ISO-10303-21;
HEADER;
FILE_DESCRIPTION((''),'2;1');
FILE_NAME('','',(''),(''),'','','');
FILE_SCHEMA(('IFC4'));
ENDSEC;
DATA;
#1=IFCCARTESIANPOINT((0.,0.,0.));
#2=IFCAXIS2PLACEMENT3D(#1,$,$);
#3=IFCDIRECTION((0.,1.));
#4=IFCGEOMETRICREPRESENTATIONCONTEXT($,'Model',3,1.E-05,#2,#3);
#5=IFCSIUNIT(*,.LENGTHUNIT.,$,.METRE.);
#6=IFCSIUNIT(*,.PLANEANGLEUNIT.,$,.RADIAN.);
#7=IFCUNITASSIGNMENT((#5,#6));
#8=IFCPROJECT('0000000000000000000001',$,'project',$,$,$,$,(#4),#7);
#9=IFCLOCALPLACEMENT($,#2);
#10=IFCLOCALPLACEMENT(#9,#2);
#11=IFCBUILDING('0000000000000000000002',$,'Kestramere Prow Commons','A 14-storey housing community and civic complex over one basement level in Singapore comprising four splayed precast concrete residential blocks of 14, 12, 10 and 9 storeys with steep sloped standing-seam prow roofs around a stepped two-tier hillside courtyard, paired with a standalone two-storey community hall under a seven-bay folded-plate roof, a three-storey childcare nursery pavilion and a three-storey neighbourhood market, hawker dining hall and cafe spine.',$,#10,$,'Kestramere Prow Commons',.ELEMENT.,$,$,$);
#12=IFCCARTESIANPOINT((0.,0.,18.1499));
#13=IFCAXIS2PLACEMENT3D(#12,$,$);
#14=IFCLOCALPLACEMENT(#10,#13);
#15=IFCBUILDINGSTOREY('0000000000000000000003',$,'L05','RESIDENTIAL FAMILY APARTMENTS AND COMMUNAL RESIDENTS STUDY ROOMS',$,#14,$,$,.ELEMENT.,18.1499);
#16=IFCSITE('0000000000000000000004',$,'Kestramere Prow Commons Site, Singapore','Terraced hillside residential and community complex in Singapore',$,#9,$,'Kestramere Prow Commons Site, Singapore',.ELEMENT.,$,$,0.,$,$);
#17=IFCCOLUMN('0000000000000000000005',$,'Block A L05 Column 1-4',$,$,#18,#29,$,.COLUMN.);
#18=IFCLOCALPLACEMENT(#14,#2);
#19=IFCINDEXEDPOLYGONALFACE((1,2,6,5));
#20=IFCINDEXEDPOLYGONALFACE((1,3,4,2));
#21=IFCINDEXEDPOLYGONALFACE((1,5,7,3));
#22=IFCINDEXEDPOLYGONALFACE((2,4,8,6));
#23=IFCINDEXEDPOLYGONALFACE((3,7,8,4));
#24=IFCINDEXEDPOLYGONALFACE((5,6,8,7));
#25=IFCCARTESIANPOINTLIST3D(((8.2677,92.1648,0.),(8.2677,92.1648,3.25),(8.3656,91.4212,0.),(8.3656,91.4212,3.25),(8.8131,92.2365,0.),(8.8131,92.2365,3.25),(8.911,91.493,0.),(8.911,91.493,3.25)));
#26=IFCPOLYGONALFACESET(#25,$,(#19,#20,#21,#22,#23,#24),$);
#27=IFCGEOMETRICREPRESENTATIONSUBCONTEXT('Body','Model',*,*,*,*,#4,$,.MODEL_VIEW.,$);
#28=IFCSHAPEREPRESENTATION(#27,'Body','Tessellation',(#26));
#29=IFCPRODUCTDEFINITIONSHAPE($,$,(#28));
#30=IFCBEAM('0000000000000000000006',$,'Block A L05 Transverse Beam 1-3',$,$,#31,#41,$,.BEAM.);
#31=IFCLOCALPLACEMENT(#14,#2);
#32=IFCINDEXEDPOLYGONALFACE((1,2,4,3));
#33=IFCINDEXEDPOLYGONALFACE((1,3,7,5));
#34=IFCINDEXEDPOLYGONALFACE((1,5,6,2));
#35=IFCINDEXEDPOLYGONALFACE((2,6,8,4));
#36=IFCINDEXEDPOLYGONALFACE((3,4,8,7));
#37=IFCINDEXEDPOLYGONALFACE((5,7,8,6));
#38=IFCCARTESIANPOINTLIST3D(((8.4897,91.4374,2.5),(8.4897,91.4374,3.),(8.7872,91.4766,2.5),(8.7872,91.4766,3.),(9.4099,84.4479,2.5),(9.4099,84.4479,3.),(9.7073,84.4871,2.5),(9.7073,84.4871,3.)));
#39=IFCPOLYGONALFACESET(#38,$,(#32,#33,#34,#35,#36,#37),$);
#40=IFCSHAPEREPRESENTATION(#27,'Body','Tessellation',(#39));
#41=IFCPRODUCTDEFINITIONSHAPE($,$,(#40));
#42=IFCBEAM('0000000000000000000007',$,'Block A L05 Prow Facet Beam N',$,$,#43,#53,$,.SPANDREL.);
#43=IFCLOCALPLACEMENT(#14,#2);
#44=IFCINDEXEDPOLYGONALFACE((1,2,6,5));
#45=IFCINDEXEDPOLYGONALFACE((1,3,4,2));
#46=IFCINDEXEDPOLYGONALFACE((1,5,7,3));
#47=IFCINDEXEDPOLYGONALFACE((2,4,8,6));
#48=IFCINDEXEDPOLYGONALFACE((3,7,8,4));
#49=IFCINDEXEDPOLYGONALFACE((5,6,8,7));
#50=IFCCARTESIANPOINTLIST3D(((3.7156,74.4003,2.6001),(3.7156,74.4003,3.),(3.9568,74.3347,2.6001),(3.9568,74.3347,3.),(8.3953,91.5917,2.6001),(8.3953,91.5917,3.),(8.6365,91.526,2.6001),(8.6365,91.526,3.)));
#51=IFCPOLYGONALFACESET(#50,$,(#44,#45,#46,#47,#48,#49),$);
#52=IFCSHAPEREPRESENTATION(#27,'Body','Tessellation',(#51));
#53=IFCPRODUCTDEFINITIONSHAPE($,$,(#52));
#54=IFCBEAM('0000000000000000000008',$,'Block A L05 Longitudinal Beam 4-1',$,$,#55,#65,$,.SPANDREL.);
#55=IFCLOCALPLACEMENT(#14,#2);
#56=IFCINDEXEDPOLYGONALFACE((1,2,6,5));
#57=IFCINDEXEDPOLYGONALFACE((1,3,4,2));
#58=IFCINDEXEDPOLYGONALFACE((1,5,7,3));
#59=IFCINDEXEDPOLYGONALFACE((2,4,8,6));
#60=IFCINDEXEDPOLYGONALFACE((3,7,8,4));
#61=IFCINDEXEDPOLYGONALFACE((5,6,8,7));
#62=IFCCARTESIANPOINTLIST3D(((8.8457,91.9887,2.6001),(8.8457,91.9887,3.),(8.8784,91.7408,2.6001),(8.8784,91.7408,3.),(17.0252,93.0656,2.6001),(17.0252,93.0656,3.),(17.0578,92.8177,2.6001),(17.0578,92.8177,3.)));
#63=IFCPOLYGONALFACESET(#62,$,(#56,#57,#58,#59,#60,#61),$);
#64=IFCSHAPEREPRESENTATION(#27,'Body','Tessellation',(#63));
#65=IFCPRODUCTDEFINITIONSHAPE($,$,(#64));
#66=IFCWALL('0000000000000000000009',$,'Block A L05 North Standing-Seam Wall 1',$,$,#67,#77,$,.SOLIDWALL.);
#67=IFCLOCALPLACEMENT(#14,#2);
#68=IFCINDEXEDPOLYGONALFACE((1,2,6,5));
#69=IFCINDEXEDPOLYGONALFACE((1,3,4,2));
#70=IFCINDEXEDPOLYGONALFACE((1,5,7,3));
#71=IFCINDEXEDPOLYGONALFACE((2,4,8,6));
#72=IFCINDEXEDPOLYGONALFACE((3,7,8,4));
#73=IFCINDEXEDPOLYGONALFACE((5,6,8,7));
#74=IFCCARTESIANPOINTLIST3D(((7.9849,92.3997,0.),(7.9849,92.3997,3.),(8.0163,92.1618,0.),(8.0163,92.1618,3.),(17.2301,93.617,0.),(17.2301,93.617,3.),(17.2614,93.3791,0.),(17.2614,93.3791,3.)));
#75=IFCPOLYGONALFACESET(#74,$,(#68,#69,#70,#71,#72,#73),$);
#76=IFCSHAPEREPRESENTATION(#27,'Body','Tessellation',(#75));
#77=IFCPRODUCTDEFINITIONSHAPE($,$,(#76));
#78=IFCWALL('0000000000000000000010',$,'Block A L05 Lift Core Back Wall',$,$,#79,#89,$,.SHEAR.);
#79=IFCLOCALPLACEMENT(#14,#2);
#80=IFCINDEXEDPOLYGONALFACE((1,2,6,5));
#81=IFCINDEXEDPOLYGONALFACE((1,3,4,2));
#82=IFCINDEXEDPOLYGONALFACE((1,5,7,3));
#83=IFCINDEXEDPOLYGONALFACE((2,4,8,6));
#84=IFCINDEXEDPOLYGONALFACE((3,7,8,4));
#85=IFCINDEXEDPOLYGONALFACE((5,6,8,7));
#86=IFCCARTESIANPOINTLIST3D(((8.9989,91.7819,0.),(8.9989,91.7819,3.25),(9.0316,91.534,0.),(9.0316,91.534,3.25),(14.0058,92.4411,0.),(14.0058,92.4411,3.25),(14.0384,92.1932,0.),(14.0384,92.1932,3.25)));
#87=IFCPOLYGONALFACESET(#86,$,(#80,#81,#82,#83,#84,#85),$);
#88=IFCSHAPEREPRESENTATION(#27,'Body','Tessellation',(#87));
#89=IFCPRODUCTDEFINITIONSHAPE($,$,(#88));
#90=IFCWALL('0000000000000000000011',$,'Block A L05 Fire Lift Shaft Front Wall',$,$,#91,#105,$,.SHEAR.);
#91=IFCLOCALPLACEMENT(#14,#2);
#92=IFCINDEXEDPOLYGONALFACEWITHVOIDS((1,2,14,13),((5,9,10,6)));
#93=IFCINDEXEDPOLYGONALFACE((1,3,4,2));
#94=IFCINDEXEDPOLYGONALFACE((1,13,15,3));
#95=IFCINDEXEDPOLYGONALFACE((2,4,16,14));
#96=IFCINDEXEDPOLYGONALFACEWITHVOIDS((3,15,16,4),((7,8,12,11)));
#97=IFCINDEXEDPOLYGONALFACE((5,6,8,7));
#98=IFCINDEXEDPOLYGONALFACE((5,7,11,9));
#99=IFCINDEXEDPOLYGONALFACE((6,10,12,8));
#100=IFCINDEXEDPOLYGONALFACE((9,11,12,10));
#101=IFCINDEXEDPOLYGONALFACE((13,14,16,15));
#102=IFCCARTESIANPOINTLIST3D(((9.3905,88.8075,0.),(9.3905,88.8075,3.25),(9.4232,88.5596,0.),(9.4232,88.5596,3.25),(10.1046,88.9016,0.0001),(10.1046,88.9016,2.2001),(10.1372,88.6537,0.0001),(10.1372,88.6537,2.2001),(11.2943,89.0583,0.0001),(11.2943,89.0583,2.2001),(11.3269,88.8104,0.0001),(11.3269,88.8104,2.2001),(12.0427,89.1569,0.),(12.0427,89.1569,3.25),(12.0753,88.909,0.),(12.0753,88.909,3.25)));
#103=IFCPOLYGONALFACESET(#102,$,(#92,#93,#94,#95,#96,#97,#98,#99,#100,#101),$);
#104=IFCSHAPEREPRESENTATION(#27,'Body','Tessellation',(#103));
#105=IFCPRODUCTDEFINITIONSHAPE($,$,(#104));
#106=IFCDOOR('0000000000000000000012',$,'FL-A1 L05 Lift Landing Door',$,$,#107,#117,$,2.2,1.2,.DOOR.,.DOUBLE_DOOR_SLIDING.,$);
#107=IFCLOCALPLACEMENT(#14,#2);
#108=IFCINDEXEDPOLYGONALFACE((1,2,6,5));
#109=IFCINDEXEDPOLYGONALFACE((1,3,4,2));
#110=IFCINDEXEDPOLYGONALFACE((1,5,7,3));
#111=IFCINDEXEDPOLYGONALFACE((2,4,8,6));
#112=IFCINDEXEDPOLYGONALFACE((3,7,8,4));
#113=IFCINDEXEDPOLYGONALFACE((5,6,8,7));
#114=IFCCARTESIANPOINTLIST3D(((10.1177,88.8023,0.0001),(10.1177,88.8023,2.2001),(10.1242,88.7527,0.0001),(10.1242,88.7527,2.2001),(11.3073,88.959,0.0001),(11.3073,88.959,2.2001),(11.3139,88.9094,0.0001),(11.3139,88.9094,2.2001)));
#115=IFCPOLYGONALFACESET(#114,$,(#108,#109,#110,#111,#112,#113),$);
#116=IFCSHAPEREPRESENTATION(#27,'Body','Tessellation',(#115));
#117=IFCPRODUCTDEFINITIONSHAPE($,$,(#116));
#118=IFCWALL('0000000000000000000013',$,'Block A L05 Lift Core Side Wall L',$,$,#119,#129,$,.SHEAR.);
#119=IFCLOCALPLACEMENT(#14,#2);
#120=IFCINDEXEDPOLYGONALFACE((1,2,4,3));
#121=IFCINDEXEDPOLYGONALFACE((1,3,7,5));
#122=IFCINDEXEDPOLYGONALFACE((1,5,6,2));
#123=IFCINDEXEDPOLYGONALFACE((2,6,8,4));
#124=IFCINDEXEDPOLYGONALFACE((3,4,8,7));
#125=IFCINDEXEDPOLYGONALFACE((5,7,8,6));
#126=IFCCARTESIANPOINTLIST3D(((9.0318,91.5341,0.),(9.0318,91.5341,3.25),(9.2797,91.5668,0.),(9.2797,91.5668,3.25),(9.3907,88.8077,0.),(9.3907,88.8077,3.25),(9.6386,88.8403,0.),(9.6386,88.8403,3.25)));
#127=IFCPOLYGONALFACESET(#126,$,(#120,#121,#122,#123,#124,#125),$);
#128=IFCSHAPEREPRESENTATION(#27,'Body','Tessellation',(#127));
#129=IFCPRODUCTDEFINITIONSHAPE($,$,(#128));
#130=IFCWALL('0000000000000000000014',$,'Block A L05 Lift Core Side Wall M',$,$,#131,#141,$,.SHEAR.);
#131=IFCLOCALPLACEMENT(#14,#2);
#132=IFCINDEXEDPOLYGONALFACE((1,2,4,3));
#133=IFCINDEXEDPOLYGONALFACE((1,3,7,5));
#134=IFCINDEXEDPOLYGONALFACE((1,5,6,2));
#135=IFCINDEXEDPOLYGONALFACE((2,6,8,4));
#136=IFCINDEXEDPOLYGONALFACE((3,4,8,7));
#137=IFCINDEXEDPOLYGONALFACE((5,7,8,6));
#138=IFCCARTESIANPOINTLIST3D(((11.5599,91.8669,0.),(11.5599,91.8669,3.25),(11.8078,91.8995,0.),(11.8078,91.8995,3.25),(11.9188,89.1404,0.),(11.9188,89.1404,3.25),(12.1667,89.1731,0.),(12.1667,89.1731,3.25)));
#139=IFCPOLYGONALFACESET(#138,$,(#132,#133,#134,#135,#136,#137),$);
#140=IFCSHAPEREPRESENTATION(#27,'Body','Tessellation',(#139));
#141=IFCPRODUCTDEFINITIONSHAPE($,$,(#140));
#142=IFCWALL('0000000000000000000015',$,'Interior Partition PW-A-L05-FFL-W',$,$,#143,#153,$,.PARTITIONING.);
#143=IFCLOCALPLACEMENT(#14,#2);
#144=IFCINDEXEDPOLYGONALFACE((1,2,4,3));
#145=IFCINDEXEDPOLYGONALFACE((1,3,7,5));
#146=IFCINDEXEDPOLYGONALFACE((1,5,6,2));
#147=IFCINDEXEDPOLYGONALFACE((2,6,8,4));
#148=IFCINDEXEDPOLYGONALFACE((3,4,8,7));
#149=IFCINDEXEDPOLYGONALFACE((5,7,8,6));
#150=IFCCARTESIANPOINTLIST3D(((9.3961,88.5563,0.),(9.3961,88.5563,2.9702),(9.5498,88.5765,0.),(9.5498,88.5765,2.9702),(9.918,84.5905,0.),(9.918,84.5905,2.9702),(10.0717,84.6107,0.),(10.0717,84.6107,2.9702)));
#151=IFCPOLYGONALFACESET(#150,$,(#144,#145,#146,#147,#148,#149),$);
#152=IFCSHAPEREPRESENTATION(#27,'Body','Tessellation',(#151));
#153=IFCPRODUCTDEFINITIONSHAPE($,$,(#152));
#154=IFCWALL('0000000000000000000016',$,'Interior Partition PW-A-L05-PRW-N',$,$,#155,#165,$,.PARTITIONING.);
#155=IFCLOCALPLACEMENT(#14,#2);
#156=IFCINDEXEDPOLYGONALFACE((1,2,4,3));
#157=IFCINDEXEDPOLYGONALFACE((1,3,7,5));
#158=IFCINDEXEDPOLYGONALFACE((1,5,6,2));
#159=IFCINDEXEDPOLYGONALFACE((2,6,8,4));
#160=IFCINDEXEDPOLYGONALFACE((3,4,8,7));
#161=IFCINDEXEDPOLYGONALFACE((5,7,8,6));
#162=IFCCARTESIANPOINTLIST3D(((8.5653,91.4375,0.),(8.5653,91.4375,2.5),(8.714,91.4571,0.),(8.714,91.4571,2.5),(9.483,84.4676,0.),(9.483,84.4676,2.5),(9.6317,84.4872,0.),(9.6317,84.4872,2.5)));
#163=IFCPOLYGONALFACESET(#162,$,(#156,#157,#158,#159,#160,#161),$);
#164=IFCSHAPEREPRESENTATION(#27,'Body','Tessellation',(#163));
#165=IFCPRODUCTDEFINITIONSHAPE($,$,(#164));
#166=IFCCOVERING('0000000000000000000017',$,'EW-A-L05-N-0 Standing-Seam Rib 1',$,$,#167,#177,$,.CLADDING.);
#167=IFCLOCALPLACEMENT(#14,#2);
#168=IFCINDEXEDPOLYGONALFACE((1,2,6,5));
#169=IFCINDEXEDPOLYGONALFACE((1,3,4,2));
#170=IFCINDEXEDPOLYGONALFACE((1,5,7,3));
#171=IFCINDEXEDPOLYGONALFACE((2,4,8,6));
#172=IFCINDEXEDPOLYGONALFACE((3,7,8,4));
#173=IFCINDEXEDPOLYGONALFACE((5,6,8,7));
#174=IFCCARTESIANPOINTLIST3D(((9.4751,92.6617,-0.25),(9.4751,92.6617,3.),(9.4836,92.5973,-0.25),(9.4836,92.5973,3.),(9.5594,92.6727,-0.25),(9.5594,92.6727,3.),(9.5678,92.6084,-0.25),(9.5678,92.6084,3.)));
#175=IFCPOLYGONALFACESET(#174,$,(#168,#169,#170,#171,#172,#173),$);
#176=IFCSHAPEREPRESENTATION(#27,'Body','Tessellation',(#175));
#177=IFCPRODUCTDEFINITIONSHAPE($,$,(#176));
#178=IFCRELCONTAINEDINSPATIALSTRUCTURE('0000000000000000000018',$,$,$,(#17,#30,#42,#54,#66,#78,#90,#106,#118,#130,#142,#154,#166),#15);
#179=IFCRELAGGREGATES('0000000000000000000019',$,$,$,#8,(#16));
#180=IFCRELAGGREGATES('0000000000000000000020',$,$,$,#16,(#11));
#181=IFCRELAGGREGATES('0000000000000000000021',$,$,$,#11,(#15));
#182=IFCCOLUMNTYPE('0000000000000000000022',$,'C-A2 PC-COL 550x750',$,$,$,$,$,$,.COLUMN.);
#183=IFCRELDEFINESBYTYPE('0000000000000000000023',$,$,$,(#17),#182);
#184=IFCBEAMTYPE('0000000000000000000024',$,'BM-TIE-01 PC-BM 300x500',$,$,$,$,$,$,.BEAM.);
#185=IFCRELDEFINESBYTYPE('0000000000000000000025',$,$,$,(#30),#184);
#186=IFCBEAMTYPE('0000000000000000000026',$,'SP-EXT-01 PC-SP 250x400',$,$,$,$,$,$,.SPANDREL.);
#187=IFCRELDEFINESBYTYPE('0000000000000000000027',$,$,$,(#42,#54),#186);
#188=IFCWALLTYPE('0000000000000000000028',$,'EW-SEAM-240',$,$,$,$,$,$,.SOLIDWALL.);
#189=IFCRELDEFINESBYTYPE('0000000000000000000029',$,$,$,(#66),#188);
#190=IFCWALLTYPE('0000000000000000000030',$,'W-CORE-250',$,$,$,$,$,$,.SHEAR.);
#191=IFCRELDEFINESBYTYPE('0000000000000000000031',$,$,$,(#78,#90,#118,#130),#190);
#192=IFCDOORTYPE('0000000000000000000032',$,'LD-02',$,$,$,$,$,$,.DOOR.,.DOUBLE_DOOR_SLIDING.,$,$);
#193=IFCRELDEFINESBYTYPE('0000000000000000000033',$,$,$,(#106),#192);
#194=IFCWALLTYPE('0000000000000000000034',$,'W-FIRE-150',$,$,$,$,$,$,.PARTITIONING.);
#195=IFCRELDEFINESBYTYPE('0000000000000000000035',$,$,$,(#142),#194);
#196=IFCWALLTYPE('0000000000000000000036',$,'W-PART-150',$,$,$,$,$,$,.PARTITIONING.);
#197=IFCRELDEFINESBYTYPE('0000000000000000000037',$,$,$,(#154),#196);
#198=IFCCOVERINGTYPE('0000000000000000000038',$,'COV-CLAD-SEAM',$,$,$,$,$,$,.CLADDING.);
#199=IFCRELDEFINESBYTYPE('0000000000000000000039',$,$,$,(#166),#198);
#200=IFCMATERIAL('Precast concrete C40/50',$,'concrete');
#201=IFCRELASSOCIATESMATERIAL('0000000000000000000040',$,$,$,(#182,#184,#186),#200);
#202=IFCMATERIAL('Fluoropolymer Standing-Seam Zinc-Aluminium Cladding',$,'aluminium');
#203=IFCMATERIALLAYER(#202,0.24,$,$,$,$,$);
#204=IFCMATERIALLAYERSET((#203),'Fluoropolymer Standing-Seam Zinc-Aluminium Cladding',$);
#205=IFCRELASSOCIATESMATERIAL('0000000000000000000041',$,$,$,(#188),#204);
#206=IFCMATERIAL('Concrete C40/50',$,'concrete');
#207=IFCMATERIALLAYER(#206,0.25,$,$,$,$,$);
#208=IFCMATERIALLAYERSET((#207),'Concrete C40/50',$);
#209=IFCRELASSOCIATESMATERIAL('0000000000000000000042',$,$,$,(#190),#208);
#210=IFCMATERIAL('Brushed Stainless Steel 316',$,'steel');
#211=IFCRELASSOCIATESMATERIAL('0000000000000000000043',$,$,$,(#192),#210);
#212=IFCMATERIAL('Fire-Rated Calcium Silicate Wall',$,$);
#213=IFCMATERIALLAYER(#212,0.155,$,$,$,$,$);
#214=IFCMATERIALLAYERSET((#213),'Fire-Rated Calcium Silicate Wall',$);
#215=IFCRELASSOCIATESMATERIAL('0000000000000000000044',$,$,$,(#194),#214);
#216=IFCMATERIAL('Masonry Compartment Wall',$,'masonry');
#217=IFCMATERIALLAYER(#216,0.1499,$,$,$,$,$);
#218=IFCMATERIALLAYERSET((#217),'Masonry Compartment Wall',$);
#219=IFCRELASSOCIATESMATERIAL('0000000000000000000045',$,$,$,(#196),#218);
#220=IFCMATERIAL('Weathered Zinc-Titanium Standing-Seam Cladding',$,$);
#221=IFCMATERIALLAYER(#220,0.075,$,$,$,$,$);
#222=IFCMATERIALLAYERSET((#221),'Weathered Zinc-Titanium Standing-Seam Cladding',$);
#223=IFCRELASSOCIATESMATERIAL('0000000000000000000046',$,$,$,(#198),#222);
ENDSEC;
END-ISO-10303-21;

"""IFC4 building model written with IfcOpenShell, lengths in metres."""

from ifc_helpers import new_model, si_unit, direction, frame, frame_2d, origin, origin_2d, place, context, subcontext, project, spatial, rectangle, extrude, material, layer, layer_set, material_profile, profile_set, type_object, element, fill, save


model = new_model("IFC4")

# Units and contexts
model_context = context("Model", 3, precision=1e-05, world=origin(), true_north=direction((0.0, 1.0)))
body_context = subcontext(model_context, "Body", "Model", "MODEL_VIEW")
ifc_project = project(units=[si_unit("LENGTHUNIT", "METRE"), si_unit("PLANEANGLEUNIT", "RADIAN")], contexts=[model_context])

# Site, building, storey
site_placement = place(None, origin())
site = spatial("IfcSite", under=ifc_project, at=site_placement, Name="Kestramere Prow Commons Site, Singapore", Description="Terraced hillside residential and community complex in Singapore", LongName="Kestramere Prow Commons Site, Singapore", CompositionType="ELEMENT", RefElevation=0.0)
building_placement = place(site_placement, origin())
building = spatial("IfcBuilding", under=site, at=building_placement, Name="Kestramere Prow Commons", Description="A 14-storey housing community and civic complex over one basement level in Singapore comprising four splayed precast concrete residential blocks of 14, 12, 10 and 9 storeys with steep sloped standing-seam prow roofs around a stepped two-tier hillside courtyard, paired with a standalone two-storey community hall under a seven-bay folded-plate roof, a three-storey childcare nursery pavilion and a three-storey neighbourhood market, hawker dining hall and cafe spine.", LongName="Kestramere Prow Commons", CompositionType="ELEMENT")
storey_placement = place(building_placement, frame((0.0, 0.0, 18.1499)))
storey = spatial("IfcBuildingStorey", under=building, at=storey_placement, Name="L05", Description="RESIDENTIAL FAMILY APARTMENTS AND COMMUNAL RESIDENTS STUDY ROOMS", CompositionType="ELEMENT", Elevation=18.1499)

# Column
ifc_material_1 = material(Name="Precast concrete C40/50", Category="concrete")
ifc_material_profile_1 = material_profile(ifc_material_1, rectangle(XDim=0.55, YDim=0.75, at=origin_2d()), Name="PC-COL 550x750")
ifc_profile_set_1 = profile_set([ifc_material_profile_1], Name="Precast concrete C40/50")
column_type = type_object("IfcColumnType", Name="C-A2 PC-COL 550x750", PredefinedType="COLUMN", material=ifc_profile_set_1)
column_placement = place(storey_placement, frame((8.5894, 91.8289, 0.0), z_axis=(0.0, 0.0, 1.0), x_axis=(0.991445, 0.130526, 0.0)))
element("IfcColumn", 1, at=column_placement, inside=storey, type_object=column_type, Name="Block A L05 Column 1-4", PredefinedType="COLUMN", context=body_context, shape_type="SweptSolid", body=[
    extrude(rectangle(XDim=0.55, YDim=0.75, at=origin_2d()), origin(), (0.0, 0.0, 1.0), 3.25),
])

# Beams
ifc_material_profile_2 = material_profile(ifc_material_1, rectangle(XDim=0.3, YDim=0.5, at=origin_2d()), Name="PC-BM 300x500")
ifc_profile_set_2 = profile_set([ifc_material_profile_2], Name="Precast concrete C40/50")
beam_type_1 = type_object("IfcBeamType", Name="BM-TIE-01 PC-BM 300x500", PredefinedType="BEAM", material=ifc_profile_set_2)
beam_1_placement = place(storey_placement, frame((9.5586, 84.4675, 2.75), z_axis=(-0.130523, 0.991445, 0.0), x_axis=(-0.991445, -0.130523, 0.0)))
element("IfcBeam", 2, at=beam_1_placement, inside=storey, type_object=beam_type_1, Name="Block A L05 Transverse Beam 1-3", PredefinedType="BEAM", context=body_context, shape_type="SweptSolid", body=[
    extrude(rectangle(XDim=0.3, YDim=0.5, at=origin_2d()), origin(), (0.0, 0.0, 1.0), 7.0498),
])
ifc_material_profile_3 = material_profile(ifc_material_1, rectangle(XDim=0.25, YDim=0.3999, at=origin_2d()), Name="PC-SP 250x400")
ifc_profile_set_3 = profile_set([ifc_material_profile_3], Name="Precast concrete C40/50")
beam_type_2 = type_object("IfcBeamType", Name="SP-EXT-01 PC-SP 250x400", PredefinedType="SPANDREL", material=ifc_profile_set_3)
beam_2_placement = place(storey_placement, frame((8.5159, 91.5588, 2.8), z_axis=(-0.262654, -0.96489, 0.0), x_axis=(0.96489, -0.262654, 0.0)))
element("IfcBeam", 3, at=beam_2_placement, inside=storey, type_object=beam_type_2, Name="Block A L05 Prow Facet Beam N", PredefinedType="SPANDREL", context=body_context, shape_type="SweptSolid", body=[
    extrude(rectangle(XDim=0.25, YDim=0.3999, at=origin_2d()), origin(), (0.0, 0.0, 1.0), 17.8169),
])
beam_3_placement = place(storey_placement, frame((8.8621, 91.8647, 2.8), z_axis=(0.991444, 0.130533, 0.0), x_axis=(-0.130533, 0.991444, 0.0)))
element("IfcBeam", 4, at=beam_3_placement, inside=storey, type_object=beam_type_2, Name="Block A L05 Longitudinal Beam 4-1", PredefinedType="SPANDREL", context=body_context, shape_type="SweptSolid", body=[
    extrude(rectangle(XDim=0.25, YDim=0.3999, at=origin_2d()), origin(), (0.0, 0.0, 1.0), 8.25),
])

# Walls
ifc_material_2 = material(Name="Fluoropolymer Standing-Seam Zinc-Aluminium Cladding", Category="aluminium")
ifc_layer_1 = layer(ifc_material_2, 0.24)
ifc_layer_set_1 = layer_set([ifc_layer_1], Name="Fluoropolymer Standing-Seam Zinc-Aluminium Cladding")
wall_type_1 = type_object("IfcWallType", Name="EW-SEAM-240", PredefinedType="SOLIDWALL", material=ifc_layer_set_1)
wall_1_placement = place(storey_placement, frame((8.0005, 92.2808, 0.0), z_axis=(0.0, 0.0, 1.0), x_axis=(0.991443, 0.130541, 0.0)))
element("IfcWall", 5, at=wall_1_placement, inside=storey, type_object=wall_type_1, Name="Block A L05 North Standing-Seam Wall 1", PredefinedType="SOLIDWALL", context=body_context, shape_type="SweptSolid", body=[
    extrude(rectangle(XDim=9.325, YDim=0.24, at=frame_2d((4.6626, 0.0))), origin(), (0.0, 0.0, 1.0), 3.0),
])
ifc_material_3 = material(Name="Concrete C40/50", Category="concrete")
ifc_layer_2 = layer(ifc_material_3, 0.25)
ifc_layer_set_2 = layer_set([ifc_layer_2], Name="Concrete C40/50")
wall_type_2 = type_object("IfcWallType", Name="W-CORE-250", PredefinedType="SHEAR", material=ifc_layer_set_2)
wall_2_placement = place(storey_placement, frame((9.0154, 91.658, 0.0), z_axis=(0.0, 0.0, 1.0), x_axis=(0.991444, 0.13053, 0.0)))
element("IfcWall", 6, at=wall_2_placement, inside=storey, type_object=wall_type_2, Name="Block A L05 Lift Core Back Wall", PredefinedType="SHEAR", context=body_context, shape_type="SweptSolid", body=[
    extrude(rectangle(XDim=5.05, YDim=0.25, at=frame_2d((2.5249, 0.0))), origin(), (0.0, 0.0, 1.0), 3.25),
])

# Wall, opening, door
wall_3_placement = place(storey_placement, frame((9.407, 88.6836, 0.0), z_axis=(0.0, 0.0, 1.0), x_axis=(0.991435, 0.130603, 0.0)))
wall_3 = element("IfcWall", 7, at=wall_3_placement, inside=storey, type_object=wall_type_2, Name="Block A L05 Fire Lift Shaft Front Wall", PredefinedType="SHEAR", context=body_context, shape_type="SweptSolid", body=[
    extrude(rectangle(XDim=2.675, YDim=0.25, at=frame_2d((1.3374, 0.0))), origin(), (0.0, 0.0, 1.0), 3.25),
])
opening_1_placement = place(wall_3_placement, frame((0.72, 0.0, 0.0)))
opening_1 = element("IfcOpeningElement", 8, at=opening_1_placement, cuts=wall_3, PredefinedType="OPENING", context=body_context, shape_type="SweptSolid", body=[
    extrude(rectangle(XDim=1.2, YDim=2.2, at=frame_2d((0.6001, 1.1001))), frame((0.0, 0.1399, 0.0), z_axis=(0.0, -1.0, 0.0), x_axis=(1.0, 0.0, 0.0)), (0.0, 0.0, 1.0), 0.28),
])
ifc_material_4 = material(Name="Brushed Stainless Steel 316", Category="steel")
door_type_1 = type_object("IfcDoorType", Name="LD-02", OperationType="DOUBLE_DOOR_SLIDING", PredefinedType="DOOR", material=ifc_material_4)
door_1_placement = place(opening_1_placement, origin())
door_1 = element("IfcDoor", 9, at=door_1_placement, inside=storey, type_object=door_type_1, Name="FL-A1 L05 Lift Landing Door", OperationType="DOUBLE_DOOR_SLIDING", OverallHeight=2.2, OverallWidth=1.2, PredefinedType="DOOR", context=body_context, shape_type="SweptSolid", body=[
    extrude(rectangle(XDim=1.2, YDim=2.2, at=frame_2d((0.6001, 1.1001))), frame((0.0, 0.0249, 0.0), z_axis=(0.0, -1.0, 0.0), x_axis=(1.0, 0.0, 0.0)), (0.0, 0.0, 1.0), 0.05),
])
fill(opening_1, door_1)

# Walls
for number, where, z_axis, x_axis, name in (
    (10, (9.5146, 88.824, 0.0), (0.0, 0.0, 1.0), (-0.1305, 0.991448, 0.0), "Block A L05 Lift Core Side Wall L"),
    (11, (12.0427, 89.1567, 0.0), (0.0, 0.0, 1.0), (-0.1305, 0.991448, 0.0), "Block A L05 Lift Core Side Wall M"),
):
    element("IfcWall", number, at=place(storey_placement, frame(where, z_axis=z_axis, x_axis=x_axis)), inside=storey, type_object=wall_type_2, Name=name, PredefinedType="SHEAR", context=body_context, shape_type="SweptSolid", body=[
        extrude(rectangle(XDim=2.75, YDim=0.25, at=frame_2d((1.375, 0.0))), origin(), (0.0, 0.0, 1.0), 3.25),
    ])

# Shared definitions
ifc_material_5 = material(Name="Fire-Rated Calcium Silicate Wall")
ifc_layer_3 = layer(ifc_material_5, 0.155)
ifc_layer_set_3 = layer_set([ifc_layer_3], Name="Fire-Rated Calcium Silicate Wall")
wall_type_3 = type_object("IfcWallType", Name="W-FIRE-150", PredefinedType="PARTITIONING", material=ifc_layer_set_3)

# Walls
wall_4_placement = place(storey_placement, frame((9.9949, 84.6006, 0.0), z_axis=(0.0, 0.0, 1.0), x_axis=(-0.130492, 0.991449, 0.0)))
element("IfcWall", 12, at=wall_4_placement, inside=storey, type_object=wall_type_3, Name="Interior Partition PW-A-L05-FFL-W", PredefinedType="PARTITIONING", context=body_context, shape_type="SweptSolid", body=[
    extrude(rectangle(XDim=4.0, YDim=0.155, at=frame_2d((2.0, 0.0))), origin(), (0.0, 0.0, 1.0), 2.9702),
])
ifc_material_6 = material(Name="Masonry Compartment Wall", Category="masonry")
ifc_layer_4 = layer(ifc_material_6, 0.1499)
ifc_layer_set_4 = layer_set([ifc_layer_4], Name="Masonry Compartment Wall")
wall_type_4 = type_object("IfcWallType", Name="W-PART-150", PredefinedType="PARTITIONING", material=ifc_layer_set_4)
wall_5_placement = place(storey_placement, frame((9.5574, 84.4773, 0.0), z_axis=(0.0, 0.0, 1.0), x_axis=(-0.130542, 0.991443, 0.0)))
element("IfcWall", 13, at=wall_5_placement, inside=storey, type_object=wall_type_4, Name="Interior Partition PW-A-L05-PRW-N", PredefinedType="PARTITIONING", context=body_context, shape_type="SweptSolid", body=[
    extrude(rectangle(XDim=7.03, YDim=0.1499, at=frame_2d((3.5151, 0.0))), origin(), (0.0, 0.0, 1.0), 2.5),
])

# Covering
ifc_material_7 = material(Name="Weathered Zinc-Titanium Standing-Seam Cladding")
ifc_layer_5 = layer(ifc_material_7, 0.075)
ifc_layer_set_5 = layer_set([ifc_layer_5], Name="Weathered Zinc-Titanium Standing-Seam Cladding")
covering_type = type_object("IfcCoveringType", Name="COV-CLAD-SEAM", PredefinedType="CLADDING", material=ifc_layer_set_5)
for number, where, z_axis, x_axis, name in (
    (14, (9.5215, 92.635, -0.25), (0.0, 0.0, 1.0), (0.991445, 0.130526, 0.0), "EW-A-L05-N-0 Standing-Seam Rib 1"),
):
    element("IfcCovering", number, at=place(storey_placement, frame(where, z_axis=z_axis, x_axis=x_axis)), inside=storey, type_object=covering_type, Name=name, PredefinedType="CLADDING", context=body_context, shape_type="SweptSolid", body=[
        extrude(rectangle(XDim=0.085, YDim=0.0649, at=origin_2d()), origin(), (0.0, 0.0, 1.0), 3.25),
    ])

save(model, "model.ifc")
